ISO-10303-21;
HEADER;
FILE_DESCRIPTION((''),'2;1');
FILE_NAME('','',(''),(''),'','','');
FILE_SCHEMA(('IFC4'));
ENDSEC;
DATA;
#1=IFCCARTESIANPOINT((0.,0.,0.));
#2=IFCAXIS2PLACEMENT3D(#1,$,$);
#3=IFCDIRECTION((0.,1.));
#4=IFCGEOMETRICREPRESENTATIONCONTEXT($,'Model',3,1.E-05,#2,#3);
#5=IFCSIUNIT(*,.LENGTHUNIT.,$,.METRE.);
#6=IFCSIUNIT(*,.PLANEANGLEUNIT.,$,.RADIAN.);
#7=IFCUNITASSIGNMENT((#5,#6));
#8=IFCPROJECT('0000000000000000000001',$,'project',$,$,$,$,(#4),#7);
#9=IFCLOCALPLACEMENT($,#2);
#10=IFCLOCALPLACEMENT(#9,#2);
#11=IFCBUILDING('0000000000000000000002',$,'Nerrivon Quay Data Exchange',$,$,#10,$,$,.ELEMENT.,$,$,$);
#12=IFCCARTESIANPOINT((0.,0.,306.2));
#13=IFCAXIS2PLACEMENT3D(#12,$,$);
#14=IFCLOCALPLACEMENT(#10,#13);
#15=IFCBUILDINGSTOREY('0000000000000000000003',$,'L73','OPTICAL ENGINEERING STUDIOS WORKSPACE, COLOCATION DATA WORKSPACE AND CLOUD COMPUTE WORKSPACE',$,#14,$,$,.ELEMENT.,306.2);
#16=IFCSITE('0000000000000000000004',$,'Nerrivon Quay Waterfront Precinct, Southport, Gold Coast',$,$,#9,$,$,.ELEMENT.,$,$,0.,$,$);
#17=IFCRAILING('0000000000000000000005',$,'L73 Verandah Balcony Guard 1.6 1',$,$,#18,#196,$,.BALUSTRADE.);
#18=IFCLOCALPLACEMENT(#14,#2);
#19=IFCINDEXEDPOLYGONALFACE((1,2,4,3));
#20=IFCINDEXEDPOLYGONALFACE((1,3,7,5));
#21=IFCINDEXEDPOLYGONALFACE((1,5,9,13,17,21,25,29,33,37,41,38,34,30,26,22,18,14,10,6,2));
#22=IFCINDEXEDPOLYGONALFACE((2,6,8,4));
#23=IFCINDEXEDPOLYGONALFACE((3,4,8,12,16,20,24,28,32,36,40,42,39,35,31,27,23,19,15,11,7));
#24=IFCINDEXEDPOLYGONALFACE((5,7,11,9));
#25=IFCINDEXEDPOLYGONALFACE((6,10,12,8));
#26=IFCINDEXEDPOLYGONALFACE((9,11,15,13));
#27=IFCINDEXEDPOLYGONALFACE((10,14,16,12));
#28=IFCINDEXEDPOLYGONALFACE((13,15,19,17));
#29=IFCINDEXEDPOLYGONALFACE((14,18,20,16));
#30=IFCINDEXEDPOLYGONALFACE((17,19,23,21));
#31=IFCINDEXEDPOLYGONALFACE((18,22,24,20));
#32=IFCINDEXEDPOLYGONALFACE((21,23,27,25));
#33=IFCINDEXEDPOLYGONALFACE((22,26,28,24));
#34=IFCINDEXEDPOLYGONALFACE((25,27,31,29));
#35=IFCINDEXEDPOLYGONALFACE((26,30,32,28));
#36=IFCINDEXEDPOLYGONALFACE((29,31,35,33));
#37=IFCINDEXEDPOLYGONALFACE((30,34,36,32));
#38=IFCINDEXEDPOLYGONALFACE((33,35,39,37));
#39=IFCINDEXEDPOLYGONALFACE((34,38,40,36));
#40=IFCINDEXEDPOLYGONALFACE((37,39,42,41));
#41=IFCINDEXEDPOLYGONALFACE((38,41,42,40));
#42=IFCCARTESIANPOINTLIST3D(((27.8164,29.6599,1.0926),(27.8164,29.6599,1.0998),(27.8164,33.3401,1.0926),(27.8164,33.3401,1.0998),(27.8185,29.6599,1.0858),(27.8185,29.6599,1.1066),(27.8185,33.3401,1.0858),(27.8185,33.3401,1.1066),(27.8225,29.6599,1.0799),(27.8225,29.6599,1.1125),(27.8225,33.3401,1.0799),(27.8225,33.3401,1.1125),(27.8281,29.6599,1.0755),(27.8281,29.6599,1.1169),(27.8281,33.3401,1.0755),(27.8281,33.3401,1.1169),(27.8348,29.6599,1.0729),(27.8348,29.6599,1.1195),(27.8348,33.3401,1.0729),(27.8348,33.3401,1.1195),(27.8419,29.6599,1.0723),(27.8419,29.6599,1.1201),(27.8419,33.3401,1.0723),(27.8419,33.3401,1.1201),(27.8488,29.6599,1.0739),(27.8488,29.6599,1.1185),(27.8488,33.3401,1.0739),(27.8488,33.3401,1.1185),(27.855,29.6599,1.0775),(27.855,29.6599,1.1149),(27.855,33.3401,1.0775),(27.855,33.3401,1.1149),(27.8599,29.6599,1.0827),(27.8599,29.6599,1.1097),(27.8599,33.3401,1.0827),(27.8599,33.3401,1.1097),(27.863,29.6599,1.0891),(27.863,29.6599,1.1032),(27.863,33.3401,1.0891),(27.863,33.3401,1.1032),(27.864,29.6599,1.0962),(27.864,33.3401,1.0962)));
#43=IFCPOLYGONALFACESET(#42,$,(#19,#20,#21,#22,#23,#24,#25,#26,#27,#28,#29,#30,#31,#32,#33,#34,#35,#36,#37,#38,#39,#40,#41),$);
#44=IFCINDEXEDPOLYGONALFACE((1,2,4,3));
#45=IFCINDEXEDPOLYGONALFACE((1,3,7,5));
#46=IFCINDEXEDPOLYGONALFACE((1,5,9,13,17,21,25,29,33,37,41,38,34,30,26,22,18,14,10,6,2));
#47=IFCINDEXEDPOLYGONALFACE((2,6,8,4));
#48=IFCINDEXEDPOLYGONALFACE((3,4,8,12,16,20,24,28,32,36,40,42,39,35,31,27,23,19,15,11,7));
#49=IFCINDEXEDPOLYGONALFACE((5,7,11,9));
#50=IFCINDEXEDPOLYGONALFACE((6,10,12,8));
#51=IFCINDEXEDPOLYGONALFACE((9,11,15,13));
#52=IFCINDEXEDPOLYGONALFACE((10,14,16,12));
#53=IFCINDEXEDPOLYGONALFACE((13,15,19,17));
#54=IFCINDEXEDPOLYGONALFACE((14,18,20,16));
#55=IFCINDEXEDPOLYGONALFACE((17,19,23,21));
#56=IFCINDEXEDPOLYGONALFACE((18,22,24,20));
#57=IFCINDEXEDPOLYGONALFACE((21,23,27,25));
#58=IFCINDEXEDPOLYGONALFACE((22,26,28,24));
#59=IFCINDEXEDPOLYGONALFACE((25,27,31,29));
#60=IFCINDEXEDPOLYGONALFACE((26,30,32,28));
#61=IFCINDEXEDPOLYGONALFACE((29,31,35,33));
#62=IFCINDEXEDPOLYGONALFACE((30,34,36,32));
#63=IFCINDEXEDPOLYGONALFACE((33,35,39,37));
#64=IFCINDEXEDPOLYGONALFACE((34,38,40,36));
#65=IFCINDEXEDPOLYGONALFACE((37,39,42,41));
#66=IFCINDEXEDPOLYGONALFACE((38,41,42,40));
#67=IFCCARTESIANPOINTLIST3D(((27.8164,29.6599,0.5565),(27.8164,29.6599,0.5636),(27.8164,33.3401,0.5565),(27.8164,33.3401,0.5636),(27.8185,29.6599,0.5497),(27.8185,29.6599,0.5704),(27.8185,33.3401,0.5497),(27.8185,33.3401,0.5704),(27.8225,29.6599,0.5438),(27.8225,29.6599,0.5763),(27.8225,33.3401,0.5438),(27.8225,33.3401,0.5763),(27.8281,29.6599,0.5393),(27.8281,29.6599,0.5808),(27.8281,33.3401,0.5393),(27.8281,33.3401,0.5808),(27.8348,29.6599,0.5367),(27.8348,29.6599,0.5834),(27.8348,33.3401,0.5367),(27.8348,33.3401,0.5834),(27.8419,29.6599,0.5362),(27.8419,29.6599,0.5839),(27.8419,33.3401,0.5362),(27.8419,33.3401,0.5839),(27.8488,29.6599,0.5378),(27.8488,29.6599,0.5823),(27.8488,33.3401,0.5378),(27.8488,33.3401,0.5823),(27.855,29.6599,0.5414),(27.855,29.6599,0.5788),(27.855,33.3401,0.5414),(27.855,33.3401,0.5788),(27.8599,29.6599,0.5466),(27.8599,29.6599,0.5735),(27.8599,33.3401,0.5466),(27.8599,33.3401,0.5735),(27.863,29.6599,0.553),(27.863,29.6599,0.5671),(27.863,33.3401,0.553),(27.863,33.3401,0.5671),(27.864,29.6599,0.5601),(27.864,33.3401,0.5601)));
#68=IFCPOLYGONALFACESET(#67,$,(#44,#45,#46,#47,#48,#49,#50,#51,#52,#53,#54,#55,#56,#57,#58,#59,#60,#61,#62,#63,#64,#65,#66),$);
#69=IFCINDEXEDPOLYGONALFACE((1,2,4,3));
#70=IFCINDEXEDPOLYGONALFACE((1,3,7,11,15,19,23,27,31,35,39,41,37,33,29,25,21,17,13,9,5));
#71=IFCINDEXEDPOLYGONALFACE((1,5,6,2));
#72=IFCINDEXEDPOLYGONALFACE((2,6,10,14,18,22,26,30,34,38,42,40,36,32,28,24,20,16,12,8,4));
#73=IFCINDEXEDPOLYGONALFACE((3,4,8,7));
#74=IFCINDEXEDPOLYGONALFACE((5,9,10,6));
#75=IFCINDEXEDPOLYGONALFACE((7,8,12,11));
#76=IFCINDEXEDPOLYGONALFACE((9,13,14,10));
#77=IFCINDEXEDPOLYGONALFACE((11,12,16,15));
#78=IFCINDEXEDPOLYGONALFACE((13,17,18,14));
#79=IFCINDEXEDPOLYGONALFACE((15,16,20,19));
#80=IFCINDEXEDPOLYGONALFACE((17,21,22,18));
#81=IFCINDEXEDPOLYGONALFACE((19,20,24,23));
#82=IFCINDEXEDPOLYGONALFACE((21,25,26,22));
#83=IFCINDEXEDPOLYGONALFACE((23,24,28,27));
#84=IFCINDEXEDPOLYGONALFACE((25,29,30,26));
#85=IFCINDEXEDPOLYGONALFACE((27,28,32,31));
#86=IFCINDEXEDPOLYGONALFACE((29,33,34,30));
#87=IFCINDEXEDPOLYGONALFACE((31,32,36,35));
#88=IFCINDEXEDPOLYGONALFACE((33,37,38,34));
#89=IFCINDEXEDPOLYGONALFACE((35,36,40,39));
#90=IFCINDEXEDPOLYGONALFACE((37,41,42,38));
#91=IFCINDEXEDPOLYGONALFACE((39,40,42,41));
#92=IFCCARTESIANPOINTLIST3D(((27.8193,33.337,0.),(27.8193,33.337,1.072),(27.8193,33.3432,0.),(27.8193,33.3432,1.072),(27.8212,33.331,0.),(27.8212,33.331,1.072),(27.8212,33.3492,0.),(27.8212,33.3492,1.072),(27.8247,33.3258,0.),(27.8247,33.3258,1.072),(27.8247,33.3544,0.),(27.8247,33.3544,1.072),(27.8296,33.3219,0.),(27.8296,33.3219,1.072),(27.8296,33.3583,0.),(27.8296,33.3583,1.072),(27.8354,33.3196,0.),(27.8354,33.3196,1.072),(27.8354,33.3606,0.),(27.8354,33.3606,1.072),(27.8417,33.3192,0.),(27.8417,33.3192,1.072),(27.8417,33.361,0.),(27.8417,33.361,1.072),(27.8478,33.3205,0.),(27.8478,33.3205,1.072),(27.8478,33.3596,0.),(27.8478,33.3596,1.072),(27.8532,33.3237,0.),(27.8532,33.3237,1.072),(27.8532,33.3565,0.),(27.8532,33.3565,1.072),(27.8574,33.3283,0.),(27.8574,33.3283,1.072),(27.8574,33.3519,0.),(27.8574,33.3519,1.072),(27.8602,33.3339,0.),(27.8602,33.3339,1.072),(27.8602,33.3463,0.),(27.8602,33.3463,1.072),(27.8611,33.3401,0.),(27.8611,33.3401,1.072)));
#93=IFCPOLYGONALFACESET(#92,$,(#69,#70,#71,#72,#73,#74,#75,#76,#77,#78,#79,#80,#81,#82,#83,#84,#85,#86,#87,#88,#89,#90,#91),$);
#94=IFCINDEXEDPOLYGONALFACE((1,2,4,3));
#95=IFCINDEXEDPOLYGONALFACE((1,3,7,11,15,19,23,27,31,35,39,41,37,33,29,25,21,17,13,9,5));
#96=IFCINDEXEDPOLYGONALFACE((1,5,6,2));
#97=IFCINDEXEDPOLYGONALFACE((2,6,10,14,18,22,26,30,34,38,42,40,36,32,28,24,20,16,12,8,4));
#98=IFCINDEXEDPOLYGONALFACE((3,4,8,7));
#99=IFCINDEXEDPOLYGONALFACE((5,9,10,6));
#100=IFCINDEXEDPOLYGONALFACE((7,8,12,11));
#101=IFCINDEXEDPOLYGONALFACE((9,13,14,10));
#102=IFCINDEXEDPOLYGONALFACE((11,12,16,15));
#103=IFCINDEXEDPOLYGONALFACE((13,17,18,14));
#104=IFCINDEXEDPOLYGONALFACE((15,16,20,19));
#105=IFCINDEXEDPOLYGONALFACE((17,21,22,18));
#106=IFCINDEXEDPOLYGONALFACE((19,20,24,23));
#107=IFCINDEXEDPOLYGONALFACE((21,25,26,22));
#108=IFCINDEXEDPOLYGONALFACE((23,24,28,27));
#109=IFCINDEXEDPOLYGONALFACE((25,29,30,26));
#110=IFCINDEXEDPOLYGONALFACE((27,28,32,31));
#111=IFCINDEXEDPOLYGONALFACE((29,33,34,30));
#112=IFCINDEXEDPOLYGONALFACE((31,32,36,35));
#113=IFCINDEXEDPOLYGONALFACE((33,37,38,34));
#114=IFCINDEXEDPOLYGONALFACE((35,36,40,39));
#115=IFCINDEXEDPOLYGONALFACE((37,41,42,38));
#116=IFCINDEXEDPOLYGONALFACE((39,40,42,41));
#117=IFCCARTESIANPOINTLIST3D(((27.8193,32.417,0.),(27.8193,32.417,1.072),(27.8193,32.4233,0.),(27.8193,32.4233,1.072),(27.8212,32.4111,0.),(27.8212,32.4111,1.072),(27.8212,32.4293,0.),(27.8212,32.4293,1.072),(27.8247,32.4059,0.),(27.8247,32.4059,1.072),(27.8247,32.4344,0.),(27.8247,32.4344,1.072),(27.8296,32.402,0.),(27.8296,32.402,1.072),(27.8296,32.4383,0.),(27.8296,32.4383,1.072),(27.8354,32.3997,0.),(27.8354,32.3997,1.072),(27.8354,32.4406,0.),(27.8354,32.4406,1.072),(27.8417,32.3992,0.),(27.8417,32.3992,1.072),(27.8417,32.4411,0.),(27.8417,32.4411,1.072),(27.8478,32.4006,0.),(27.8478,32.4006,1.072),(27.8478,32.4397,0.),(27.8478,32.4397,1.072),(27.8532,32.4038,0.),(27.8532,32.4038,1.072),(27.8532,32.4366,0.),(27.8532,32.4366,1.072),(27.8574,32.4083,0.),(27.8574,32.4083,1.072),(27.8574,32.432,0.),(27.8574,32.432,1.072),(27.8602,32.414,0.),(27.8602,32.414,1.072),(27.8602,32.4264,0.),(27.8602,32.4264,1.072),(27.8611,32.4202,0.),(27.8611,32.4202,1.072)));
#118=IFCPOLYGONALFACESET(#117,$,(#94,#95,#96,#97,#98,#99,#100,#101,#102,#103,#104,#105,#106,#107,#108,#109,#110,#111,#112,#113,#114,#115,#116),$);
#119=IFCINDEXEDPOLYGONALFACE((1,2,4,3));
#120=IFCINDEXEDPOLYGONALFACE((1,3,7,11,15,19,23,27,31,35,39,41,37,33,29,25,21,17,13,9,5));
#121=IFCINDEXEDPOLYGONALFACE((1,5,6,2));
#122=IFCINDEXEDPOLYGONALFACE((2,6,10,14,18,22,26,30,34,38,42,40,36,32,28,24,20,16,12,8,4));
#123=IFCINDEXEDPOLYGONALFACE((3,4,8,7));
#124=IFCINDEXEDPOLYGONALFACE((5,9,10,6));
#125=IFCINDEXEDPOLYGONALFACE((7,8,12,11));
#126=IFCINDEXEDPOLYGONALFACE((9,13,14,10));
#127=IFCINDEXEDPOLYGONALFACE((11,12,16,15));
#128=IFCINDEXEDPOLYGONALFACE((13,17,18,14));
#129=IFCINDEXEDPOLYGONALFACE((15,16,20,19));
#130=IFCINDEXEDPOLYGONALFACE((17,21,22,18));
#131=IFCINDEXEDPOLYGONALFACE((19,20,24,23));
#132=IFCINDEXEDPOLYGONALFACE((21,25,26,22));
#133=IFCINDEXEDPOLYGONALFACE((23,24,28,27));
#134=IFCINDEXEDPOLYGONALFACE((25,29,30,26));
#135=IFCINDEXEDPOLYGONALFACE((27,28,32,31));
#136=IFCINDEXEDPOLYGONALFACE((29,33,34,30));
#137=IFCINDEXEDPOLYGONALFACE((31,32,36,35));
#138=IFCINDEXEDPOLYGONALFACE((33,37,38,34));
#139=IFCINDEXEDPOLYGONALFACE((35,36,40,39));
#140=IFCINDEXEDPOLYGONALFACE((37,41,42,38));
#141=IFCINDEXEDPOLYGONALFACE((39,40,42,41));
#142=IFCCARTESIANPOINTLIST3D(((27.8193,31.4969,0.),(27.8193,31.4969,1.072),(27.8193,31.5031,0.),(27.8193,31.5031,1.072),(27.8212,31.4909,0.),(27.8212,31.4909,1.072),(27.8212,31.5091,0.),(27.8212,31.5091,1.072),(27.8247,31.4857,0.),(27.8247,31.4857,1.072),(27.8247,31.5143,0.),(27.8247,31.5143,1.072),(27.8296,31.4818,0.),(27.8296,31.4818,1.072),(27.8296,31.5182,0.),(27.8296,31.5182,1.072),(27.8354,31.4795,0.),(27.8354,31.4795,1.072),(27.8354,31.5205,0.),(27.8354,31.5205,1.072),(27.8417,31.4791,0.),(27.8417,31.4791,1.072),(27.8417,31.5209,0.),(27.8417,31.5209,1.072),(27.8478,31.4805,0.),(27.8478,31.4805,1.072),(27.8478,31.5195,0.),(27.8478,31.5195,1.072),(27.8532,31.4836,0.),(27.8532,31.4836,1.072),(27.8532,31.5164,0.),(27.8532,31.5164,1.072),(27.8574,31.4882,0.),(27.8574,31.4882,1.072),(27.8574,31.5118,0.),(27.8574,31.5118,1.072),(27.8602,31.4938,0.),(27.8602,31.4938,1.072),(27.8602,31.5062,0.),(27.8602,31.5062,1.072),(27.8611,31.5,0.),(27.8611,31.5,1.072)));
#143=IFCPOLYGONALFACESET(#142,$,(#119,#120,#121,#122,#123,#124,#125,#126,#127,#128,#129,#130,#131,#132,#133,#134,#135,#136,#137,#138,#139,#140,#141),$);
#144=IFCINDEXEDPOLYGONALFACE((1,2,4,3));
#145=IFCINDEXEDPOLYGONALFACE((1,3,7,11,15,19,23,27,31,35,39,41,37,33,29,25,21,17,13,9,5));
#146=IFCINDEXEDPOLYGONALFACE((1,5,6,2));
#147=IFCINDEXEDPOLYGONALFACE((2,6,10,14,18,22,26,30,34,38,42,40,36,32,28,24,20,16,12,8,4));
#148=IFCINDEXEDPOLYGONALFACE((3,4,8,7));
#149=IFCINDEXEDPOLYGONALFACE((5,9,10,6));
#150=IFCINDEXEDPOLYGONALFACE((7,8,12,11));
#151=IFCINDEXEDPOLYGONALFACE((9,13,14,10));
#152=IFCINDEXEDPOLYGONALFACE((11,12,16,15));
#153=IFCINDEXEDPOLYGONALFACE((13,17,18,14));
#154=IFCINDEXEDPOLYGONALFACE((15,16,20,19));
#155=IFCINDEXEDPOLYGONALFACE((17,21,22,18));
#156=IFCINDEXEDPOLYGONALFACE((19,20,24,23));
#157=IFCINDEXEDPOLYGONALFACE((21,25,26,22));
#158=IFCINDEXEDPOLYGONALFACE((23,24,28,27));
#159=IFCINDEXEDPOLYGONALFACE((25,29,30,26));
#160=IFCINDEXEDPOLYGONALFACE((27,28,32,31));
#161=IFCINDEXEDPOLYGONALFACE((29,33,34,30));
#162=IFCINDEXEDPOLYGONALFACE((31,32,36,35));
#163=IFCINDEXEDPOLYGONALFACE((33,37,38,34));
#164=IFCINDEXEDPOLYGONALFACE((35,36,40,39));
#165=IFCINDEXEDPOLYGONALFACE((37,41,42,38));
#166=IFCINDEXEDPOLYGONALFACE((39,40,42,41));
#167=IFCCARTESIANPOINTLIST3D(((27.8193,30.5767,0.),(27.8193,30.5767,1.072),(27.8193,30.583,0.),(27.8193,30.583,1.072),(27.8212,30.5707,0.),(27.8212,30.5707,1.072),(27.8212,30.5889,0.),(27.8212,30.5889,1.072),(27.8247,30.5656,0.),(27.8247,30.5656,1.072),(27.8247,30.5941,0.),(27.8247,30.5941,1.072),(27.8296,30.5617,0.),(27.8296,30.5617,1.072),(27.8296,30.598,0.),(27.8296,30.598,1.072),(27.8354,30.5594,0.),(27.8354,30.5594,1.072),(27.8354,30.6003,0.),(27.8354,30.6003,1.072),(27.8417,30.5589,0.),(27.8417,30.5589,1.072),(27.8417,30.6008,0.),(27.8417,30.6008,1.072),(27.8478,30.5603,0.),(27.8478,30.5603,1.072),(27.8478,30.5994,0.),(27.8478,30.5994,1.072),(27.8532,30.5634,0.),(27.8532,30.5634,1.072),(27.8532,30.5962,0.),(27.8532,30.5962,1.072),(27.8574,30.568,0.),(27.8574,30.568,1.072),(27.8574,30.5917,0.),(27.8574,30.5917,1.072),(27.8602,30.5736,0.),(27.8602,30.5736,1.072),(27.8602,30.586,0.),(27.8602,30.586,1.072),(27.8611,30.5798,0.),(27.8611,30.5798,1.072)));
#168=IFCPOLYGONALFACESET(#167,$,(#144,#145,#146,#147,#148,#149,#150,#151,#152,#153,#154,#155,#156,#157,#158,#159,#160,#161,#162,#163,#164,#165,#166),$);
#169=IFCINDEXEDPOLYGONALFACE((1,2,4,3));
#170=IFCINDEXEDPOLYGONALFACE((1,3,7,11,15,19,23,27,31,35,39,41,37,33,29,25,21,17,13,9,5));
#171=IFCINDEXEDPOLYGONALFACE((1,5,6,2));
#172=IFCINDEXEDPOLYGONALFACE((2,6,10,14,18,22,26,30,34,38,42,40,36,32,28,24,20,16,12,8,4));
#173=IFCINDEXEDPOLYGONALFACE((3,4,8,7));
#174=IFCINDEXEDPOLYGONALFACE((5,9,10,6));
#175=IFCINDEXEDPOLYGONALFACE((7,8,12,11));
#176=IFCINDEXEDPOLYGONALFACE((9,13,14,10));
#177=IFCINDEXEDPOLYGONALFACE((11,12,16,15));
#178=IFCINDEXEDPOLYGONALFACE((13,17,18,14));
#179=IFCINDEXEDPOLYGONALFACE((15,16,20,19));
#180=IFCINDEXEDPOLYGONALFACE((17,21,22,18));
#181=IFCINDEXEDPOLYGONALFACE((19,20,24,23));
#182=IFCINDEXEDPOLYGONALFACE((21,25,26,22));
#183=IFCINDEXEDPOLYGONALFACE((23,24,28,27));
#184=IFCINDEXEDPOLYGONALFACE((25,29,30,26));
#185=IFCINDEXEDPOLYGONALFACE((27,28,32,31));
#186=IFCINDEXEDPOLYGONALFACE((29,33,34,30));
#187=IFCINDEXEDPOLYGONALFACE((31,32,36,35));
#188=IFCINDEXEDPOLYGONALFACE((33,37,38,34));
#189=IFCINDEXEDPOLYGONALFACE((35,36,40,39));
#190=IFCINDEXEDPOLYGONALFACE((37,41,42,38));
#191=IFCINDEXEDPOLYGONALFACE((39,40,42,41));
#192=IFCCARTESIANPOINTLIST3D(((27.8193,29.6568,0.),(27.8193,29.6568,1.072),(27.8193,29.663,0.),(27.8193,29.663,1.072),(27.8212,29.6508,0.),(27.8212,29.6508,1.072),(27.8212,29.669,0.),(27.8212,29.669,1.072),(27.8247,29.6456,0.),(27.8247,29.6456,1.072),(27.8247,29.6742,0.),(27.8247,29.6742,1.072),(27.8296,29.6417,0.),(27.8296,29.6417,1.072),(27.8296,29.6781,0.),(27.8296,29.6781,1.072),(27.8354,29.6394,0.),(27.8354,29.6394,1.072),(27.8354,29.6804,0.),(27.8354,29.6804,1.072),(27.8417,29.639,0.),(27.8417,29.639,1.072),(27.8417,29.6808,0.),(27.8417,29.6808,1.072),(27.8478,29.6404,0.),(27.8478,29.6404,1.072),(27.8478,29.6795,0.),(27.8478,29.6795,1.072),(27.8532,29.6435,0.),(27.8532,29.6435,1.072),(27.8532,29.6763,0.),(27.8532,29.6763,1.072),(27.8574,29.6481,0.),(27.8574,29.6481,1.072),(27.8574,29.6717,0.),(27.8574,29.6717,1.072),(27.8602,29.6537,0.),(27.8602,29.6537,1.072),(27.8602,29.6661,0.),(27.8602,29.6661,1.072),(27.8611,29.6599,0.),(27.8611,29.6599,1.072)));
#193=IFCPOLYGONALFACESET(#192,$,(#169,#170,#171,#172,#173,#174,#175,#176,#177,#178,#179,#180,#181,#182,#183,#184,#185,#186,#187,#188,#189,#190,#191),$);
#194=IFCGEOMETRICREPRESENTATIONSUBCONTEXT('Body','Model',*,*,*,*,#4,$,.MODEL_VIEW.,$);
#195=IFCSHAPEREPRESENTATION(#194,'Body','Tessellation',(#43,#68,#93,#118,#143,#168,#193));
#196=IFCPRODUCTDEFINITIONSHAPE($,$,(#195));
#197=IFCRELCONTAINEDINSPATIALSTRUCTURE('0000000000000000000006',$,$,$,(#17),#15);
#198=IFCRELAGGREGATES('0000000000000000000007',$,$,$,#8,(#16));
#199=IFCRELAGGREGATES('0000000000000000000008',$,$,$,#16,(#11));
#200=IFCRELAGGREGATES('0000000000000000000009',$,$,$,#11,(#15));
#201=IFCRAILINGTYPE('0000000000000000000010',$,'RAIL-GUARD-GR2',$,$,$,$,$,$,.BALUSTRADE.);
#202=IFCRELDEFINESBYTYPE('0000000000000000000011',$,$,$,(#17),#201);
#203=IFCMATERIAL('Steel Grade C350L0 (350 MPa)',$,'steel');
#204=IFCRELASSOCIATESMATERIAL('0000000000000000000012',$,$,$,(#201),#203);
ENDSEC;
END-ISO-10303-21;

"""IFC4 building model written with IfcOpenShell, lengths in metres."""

from ifc_helpers import new_model, si_unit, direction, frame, origin, origin_2d, place, context, subcontext, project, spatial, circle, extrude, material, type_object, element, save


model = new_model("IFC4")

# Units and contexts
model_context = context("Model", 3, precision=1e-05, world=origin(), true_north=direction((0.0, 1.0)))
body_context = subcontext(model_context, "Body", "Model", "MODEL_VIEW")
ifc_project = project(units=[si_unit("LENGTHUNIT", "METRE"), si_unit("PLANEANGLEUNIT", "RADIAN")], contexts=[model_context])

# Site, building, storey
site_placement = place(None, origin())
site = spatial("IfcSite", under=ifc_project, at=site_placement, Name="Nerrivon Quay Waterfront Precinct, Southport, Gold Coast", CompositionType="ELEMENT", RefElevation=0.0)
building_placement = place(site_placement, origin())
building = spatial("IfcBuilding", under=site, at=building_placement, Name="Nerrivon Quay Data Exchange", CompositionType="ELEMENT")
storey_placement = place(building_placement, frame((0.0, 0.0, 306.2)))
storey = spatial("IfcBuildingStorey", under=building, at=storey_placement, Name="L73", Description="OPTICAL ENGINEERING STUDIOS WORKSPACE, COLOCATION DATA WORKSPACE AND CLOUD COMPUTE WORKSPACE", CompositionType="ELEMENT", Elevation=306.2)

# Railing
ifc_material_1 = material(Name="Steel Grade C350L0 (350 MPa)", Category="steel")
railing_type = type_object("IfcRailingType", Name="RAIL-GUARD-GR2", PredefinedType="BALUSTRADE", material=ifc_material_1)
railing_1_placement = place(storey_placement, frame((27.8401, 33.3401, 0.0)))
element("IfcRailing", 1, at=railing_1_placement, inside=storey, type_object=railing_type, Name="L73 Verandah Balcony Guard 1.6 1", PredefinedType="BALUSTRADE", context=body_context, shape_type="SweptSolid", body=[
    extrude(circle(Radius=0.0239, at=origin_2d()), frame((0.0, 0.0, 1.0962), z_axis=(0.0, -1.0, 0.0), x_axis=(1.0, 0.0, 0.0)), (0.0, 0.0, 1.0), 3.6802),
    extrude(circle(Radius=0.0239, at=origin_2d()), frame((0.0, 0.0, 0.5601), z_axis=(0.0, -1.0, 0.0), x_axis=(1.0, 0.0, 0.0)), (0.0, 0.0, 1.0), 3.6802),
    extrude(circle(Radius=0.021, at=origin_2d()), origin(), (0.0, 0.0, 1.0), 1.072),
    extrude(circle(Radius=0.021, at=origin_2d()), frame((0.0, -0.9199, 0.0)), (0.0, 0.0, 1.0), 1.072),
    extrude(circle(Radius=0.021, at=origin_2d()), frame((0.0, -1.8401, 0.0)), (0.0, 0.0, 1.0), 1.072),
    extrude(circle(Radius=0.021, at=origin_2d()), frame((0.0, -2.7603, 0.0)), (0.0, 0.0, 1.0), 1.072),
    extrude(circle(Radius=0.021, at=origin_2d()), frame((0.0, -3.6802, 0.0)), (0.0, 0.0, 1.0), 1.072),
])

save(model, "model.ifc")
